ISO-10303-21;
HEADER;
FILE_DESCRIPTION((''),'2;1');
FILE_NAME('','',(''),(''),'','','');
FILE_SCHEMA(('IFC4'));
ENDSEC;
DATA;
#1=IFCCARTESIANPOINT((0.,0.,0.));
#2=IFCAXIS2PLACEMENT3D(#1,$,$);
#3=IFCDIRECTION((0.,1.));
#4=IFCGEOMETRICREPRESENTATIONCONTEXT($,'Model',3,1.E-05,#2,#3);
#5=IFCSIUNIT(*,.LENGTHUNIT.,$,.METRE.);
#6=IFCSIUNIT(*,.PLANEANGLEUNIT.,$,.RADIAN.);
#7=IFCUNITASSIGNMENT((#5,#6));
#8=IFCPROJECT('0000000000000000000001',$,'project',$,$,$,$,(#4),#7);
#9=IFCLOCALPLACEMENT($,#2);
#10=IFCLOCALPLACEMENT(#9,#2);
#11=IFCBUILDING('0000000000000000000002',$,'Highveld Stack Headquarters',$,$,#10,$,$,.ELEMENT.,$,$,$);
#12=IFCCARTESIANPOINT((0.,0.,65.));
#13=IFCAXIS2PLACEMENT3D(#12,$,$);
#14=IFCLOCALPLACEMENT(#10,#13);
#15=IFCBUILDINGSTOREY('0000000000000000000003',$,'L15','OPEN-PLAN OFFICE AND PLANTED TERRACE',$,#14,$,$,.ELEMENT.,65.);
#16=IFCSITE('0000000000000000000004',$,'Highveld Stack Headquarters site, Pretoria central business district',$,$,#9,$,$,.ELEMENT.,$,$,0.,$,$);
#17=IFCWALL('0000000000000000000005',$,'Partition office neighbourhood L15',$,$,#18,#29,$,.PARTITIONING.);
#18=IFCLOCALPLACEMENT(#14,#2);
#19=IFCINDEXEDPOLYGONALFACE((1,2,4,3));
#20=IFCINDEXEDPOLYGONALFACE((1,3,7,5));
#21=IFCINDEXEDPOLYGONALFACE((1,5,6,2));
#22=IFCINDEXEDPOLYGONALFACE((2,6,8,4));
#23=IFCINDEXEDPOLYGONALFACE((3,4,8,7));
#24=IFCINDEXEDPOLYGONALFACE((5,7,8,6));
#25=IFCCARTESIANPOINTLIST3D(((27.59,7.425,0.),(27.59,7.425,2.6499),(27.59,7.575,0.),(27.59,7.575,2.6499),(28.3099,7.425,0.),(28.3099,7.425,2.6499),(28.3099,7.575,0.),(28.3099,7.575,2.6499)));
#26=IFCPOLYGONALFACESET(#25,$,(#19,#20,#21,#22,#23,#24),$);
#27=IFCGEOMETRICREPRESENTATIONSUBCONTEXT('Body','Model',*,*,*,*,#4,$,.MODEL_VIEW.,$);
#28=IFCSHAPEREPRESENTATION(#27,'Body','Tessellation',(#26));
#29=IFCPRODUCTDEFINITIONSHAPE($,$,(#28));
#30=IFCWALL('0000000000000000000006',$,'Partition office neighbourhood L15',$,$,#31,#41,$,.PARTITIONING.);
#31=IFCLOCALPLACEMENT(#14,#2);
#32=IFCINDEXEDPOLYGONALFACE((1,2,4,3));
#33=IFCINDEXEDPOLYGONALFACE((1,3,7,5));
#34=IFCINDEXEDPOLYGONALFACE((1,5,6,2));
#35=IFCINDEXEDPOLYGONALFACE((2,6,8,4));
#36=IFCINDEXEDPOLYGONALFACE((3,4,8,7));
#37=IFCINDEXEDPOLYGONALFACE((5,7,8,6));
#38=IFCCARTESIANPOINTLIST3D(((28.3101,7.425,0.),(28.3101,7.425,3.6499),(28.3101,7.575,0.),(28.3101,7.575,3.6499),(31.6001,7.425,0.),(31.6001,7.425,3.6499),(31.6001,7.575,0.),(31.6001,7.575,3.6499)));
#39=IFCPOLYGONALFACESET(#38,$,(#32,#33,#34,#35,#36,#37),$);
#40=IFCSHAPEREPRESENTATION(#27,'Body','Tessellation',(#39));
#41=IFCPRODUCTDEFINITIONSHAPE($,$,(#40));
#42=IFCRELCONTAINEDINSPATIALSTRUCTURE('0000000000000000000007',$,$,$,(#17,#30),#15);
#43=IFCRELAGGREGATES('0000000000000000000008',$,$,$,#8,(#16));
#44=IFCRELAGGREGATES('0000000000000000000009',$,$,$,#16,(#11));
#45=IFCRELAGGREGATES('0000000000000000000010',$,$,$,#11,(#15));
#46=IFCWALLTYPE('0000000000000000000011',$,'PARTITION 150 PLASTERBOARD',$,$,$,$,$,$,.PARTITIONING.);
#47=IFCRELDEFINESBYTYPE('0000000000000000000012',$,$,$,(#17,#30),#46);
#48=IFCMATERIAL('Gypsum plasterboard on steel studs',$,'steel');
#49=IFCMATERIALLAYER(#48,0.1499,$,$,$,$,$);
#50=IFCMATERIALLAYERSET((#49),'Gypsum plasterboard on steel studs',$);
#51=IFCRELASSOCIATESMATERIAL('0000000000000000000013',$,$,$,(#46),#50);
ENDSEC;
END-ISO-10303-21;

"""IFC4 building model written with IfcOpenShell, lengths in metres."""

from ifc_helpers import new_model, si_unit, direction, frame, frame_2d, origin, place, context, subcontext, project, spatial, rectangle, extrude, material, layer, layer_set, type_object, element, save


model = new_model("IFC4")

# Units and contexts
model_context = context("Model", 3, precision=1e-05, world=origin(), true_north=direction((0.0, 1.0)))
body_context = subcontext(model_context, "Body", "Model", "MODEL_VIEW")
ifc_project = project(units=[si_unit("LENGTHUNIT", "METRE"), si_unit("PLANEANGLEUNIT", "RADIAN")], contexts=[model_context])

# Site, building, storey
site_placement = place(None, origin())
site = spatial("IfcSite", under=ifc_project, at=site_placement, Name="Highveld Stack Headquarters site, Pretoria central business district", CompositionType="ELEMENT", RefElevation=0.0)
building_placement = place(site_placement, origin())
building = spatial("IfcBuilding", under=site, at=building_placement, Name="Highveld Stack Headquarters", CompositionType="ELEMENT")
storey_placement = place(building_placement, frame((0.0, 0.0, 65.0)))
storey = spatial("IfcBuildingStorey", under=building, at=storey_placement, Name="L15", Description="OPEN-PLAN OFFICE AND PLANTED TERRACE", CompositionType="ELEMENT", Elevation=65.0)

# Shared definitions
ifc_material_1 = material(Name="Gypsum plasterboard on steel studs", Category="steel")
ifc_layer_1 = layer(ifc_material_1, 0.1499)
ifc_layer_set_1 = layer_set([ifc_layer_1], Name="Gypsum plasterboard on steel studs")
wall_type = type_object("IfcWallType", Name="PARTITION 150 PLASTERBOARD", PredefinedType="PARTITIONING", material=ifc_layer_set_1)

# Walls
wall_1_placement = place(storey_placement, frame((27.5901, 7.5, 0.0), z_axis=(0.0, 0.0, 1.0), x_axis=(1.0, 0.0, 0.0)))
element("IfcWall", 1, at=wall_1_placement, inside=storey, type_object=wall_type, Name="Partition office neighbourhood L15", PredefinedType="PARTITIONING", context=body_context, shape_type="SweptSolid", body=[
    extrude(rectangle(XDim=0.72, YDim=0.1499, at=frame_2d((0.3599, 0.0))), origin(), (0.0, 0.0, 1.0), 2.6499),
])
wall_2_placement = place(storey_placement, frame((28.3101, 7.5, 0.0), z_axis=(0.0, 0.0, 1.0), x_axis=(1.0, 0.0, 0.0)))
element("IfcWall", 2, at=wall_2_placement, inside=storey, type_object=wall_type, Name="Partition office neighbourhood L15", PredefinedType="PARTITIONING", context=body_context, shape_type="SweptSolid", body=[
    extrude(rectangle(XDim=3.29, YDim=0.1499, at=frame_2d((1.645, 0.0))), origin(), (0.0, 0.0, 1.0), 3.6499),
])

save(model, "model.ifc")
